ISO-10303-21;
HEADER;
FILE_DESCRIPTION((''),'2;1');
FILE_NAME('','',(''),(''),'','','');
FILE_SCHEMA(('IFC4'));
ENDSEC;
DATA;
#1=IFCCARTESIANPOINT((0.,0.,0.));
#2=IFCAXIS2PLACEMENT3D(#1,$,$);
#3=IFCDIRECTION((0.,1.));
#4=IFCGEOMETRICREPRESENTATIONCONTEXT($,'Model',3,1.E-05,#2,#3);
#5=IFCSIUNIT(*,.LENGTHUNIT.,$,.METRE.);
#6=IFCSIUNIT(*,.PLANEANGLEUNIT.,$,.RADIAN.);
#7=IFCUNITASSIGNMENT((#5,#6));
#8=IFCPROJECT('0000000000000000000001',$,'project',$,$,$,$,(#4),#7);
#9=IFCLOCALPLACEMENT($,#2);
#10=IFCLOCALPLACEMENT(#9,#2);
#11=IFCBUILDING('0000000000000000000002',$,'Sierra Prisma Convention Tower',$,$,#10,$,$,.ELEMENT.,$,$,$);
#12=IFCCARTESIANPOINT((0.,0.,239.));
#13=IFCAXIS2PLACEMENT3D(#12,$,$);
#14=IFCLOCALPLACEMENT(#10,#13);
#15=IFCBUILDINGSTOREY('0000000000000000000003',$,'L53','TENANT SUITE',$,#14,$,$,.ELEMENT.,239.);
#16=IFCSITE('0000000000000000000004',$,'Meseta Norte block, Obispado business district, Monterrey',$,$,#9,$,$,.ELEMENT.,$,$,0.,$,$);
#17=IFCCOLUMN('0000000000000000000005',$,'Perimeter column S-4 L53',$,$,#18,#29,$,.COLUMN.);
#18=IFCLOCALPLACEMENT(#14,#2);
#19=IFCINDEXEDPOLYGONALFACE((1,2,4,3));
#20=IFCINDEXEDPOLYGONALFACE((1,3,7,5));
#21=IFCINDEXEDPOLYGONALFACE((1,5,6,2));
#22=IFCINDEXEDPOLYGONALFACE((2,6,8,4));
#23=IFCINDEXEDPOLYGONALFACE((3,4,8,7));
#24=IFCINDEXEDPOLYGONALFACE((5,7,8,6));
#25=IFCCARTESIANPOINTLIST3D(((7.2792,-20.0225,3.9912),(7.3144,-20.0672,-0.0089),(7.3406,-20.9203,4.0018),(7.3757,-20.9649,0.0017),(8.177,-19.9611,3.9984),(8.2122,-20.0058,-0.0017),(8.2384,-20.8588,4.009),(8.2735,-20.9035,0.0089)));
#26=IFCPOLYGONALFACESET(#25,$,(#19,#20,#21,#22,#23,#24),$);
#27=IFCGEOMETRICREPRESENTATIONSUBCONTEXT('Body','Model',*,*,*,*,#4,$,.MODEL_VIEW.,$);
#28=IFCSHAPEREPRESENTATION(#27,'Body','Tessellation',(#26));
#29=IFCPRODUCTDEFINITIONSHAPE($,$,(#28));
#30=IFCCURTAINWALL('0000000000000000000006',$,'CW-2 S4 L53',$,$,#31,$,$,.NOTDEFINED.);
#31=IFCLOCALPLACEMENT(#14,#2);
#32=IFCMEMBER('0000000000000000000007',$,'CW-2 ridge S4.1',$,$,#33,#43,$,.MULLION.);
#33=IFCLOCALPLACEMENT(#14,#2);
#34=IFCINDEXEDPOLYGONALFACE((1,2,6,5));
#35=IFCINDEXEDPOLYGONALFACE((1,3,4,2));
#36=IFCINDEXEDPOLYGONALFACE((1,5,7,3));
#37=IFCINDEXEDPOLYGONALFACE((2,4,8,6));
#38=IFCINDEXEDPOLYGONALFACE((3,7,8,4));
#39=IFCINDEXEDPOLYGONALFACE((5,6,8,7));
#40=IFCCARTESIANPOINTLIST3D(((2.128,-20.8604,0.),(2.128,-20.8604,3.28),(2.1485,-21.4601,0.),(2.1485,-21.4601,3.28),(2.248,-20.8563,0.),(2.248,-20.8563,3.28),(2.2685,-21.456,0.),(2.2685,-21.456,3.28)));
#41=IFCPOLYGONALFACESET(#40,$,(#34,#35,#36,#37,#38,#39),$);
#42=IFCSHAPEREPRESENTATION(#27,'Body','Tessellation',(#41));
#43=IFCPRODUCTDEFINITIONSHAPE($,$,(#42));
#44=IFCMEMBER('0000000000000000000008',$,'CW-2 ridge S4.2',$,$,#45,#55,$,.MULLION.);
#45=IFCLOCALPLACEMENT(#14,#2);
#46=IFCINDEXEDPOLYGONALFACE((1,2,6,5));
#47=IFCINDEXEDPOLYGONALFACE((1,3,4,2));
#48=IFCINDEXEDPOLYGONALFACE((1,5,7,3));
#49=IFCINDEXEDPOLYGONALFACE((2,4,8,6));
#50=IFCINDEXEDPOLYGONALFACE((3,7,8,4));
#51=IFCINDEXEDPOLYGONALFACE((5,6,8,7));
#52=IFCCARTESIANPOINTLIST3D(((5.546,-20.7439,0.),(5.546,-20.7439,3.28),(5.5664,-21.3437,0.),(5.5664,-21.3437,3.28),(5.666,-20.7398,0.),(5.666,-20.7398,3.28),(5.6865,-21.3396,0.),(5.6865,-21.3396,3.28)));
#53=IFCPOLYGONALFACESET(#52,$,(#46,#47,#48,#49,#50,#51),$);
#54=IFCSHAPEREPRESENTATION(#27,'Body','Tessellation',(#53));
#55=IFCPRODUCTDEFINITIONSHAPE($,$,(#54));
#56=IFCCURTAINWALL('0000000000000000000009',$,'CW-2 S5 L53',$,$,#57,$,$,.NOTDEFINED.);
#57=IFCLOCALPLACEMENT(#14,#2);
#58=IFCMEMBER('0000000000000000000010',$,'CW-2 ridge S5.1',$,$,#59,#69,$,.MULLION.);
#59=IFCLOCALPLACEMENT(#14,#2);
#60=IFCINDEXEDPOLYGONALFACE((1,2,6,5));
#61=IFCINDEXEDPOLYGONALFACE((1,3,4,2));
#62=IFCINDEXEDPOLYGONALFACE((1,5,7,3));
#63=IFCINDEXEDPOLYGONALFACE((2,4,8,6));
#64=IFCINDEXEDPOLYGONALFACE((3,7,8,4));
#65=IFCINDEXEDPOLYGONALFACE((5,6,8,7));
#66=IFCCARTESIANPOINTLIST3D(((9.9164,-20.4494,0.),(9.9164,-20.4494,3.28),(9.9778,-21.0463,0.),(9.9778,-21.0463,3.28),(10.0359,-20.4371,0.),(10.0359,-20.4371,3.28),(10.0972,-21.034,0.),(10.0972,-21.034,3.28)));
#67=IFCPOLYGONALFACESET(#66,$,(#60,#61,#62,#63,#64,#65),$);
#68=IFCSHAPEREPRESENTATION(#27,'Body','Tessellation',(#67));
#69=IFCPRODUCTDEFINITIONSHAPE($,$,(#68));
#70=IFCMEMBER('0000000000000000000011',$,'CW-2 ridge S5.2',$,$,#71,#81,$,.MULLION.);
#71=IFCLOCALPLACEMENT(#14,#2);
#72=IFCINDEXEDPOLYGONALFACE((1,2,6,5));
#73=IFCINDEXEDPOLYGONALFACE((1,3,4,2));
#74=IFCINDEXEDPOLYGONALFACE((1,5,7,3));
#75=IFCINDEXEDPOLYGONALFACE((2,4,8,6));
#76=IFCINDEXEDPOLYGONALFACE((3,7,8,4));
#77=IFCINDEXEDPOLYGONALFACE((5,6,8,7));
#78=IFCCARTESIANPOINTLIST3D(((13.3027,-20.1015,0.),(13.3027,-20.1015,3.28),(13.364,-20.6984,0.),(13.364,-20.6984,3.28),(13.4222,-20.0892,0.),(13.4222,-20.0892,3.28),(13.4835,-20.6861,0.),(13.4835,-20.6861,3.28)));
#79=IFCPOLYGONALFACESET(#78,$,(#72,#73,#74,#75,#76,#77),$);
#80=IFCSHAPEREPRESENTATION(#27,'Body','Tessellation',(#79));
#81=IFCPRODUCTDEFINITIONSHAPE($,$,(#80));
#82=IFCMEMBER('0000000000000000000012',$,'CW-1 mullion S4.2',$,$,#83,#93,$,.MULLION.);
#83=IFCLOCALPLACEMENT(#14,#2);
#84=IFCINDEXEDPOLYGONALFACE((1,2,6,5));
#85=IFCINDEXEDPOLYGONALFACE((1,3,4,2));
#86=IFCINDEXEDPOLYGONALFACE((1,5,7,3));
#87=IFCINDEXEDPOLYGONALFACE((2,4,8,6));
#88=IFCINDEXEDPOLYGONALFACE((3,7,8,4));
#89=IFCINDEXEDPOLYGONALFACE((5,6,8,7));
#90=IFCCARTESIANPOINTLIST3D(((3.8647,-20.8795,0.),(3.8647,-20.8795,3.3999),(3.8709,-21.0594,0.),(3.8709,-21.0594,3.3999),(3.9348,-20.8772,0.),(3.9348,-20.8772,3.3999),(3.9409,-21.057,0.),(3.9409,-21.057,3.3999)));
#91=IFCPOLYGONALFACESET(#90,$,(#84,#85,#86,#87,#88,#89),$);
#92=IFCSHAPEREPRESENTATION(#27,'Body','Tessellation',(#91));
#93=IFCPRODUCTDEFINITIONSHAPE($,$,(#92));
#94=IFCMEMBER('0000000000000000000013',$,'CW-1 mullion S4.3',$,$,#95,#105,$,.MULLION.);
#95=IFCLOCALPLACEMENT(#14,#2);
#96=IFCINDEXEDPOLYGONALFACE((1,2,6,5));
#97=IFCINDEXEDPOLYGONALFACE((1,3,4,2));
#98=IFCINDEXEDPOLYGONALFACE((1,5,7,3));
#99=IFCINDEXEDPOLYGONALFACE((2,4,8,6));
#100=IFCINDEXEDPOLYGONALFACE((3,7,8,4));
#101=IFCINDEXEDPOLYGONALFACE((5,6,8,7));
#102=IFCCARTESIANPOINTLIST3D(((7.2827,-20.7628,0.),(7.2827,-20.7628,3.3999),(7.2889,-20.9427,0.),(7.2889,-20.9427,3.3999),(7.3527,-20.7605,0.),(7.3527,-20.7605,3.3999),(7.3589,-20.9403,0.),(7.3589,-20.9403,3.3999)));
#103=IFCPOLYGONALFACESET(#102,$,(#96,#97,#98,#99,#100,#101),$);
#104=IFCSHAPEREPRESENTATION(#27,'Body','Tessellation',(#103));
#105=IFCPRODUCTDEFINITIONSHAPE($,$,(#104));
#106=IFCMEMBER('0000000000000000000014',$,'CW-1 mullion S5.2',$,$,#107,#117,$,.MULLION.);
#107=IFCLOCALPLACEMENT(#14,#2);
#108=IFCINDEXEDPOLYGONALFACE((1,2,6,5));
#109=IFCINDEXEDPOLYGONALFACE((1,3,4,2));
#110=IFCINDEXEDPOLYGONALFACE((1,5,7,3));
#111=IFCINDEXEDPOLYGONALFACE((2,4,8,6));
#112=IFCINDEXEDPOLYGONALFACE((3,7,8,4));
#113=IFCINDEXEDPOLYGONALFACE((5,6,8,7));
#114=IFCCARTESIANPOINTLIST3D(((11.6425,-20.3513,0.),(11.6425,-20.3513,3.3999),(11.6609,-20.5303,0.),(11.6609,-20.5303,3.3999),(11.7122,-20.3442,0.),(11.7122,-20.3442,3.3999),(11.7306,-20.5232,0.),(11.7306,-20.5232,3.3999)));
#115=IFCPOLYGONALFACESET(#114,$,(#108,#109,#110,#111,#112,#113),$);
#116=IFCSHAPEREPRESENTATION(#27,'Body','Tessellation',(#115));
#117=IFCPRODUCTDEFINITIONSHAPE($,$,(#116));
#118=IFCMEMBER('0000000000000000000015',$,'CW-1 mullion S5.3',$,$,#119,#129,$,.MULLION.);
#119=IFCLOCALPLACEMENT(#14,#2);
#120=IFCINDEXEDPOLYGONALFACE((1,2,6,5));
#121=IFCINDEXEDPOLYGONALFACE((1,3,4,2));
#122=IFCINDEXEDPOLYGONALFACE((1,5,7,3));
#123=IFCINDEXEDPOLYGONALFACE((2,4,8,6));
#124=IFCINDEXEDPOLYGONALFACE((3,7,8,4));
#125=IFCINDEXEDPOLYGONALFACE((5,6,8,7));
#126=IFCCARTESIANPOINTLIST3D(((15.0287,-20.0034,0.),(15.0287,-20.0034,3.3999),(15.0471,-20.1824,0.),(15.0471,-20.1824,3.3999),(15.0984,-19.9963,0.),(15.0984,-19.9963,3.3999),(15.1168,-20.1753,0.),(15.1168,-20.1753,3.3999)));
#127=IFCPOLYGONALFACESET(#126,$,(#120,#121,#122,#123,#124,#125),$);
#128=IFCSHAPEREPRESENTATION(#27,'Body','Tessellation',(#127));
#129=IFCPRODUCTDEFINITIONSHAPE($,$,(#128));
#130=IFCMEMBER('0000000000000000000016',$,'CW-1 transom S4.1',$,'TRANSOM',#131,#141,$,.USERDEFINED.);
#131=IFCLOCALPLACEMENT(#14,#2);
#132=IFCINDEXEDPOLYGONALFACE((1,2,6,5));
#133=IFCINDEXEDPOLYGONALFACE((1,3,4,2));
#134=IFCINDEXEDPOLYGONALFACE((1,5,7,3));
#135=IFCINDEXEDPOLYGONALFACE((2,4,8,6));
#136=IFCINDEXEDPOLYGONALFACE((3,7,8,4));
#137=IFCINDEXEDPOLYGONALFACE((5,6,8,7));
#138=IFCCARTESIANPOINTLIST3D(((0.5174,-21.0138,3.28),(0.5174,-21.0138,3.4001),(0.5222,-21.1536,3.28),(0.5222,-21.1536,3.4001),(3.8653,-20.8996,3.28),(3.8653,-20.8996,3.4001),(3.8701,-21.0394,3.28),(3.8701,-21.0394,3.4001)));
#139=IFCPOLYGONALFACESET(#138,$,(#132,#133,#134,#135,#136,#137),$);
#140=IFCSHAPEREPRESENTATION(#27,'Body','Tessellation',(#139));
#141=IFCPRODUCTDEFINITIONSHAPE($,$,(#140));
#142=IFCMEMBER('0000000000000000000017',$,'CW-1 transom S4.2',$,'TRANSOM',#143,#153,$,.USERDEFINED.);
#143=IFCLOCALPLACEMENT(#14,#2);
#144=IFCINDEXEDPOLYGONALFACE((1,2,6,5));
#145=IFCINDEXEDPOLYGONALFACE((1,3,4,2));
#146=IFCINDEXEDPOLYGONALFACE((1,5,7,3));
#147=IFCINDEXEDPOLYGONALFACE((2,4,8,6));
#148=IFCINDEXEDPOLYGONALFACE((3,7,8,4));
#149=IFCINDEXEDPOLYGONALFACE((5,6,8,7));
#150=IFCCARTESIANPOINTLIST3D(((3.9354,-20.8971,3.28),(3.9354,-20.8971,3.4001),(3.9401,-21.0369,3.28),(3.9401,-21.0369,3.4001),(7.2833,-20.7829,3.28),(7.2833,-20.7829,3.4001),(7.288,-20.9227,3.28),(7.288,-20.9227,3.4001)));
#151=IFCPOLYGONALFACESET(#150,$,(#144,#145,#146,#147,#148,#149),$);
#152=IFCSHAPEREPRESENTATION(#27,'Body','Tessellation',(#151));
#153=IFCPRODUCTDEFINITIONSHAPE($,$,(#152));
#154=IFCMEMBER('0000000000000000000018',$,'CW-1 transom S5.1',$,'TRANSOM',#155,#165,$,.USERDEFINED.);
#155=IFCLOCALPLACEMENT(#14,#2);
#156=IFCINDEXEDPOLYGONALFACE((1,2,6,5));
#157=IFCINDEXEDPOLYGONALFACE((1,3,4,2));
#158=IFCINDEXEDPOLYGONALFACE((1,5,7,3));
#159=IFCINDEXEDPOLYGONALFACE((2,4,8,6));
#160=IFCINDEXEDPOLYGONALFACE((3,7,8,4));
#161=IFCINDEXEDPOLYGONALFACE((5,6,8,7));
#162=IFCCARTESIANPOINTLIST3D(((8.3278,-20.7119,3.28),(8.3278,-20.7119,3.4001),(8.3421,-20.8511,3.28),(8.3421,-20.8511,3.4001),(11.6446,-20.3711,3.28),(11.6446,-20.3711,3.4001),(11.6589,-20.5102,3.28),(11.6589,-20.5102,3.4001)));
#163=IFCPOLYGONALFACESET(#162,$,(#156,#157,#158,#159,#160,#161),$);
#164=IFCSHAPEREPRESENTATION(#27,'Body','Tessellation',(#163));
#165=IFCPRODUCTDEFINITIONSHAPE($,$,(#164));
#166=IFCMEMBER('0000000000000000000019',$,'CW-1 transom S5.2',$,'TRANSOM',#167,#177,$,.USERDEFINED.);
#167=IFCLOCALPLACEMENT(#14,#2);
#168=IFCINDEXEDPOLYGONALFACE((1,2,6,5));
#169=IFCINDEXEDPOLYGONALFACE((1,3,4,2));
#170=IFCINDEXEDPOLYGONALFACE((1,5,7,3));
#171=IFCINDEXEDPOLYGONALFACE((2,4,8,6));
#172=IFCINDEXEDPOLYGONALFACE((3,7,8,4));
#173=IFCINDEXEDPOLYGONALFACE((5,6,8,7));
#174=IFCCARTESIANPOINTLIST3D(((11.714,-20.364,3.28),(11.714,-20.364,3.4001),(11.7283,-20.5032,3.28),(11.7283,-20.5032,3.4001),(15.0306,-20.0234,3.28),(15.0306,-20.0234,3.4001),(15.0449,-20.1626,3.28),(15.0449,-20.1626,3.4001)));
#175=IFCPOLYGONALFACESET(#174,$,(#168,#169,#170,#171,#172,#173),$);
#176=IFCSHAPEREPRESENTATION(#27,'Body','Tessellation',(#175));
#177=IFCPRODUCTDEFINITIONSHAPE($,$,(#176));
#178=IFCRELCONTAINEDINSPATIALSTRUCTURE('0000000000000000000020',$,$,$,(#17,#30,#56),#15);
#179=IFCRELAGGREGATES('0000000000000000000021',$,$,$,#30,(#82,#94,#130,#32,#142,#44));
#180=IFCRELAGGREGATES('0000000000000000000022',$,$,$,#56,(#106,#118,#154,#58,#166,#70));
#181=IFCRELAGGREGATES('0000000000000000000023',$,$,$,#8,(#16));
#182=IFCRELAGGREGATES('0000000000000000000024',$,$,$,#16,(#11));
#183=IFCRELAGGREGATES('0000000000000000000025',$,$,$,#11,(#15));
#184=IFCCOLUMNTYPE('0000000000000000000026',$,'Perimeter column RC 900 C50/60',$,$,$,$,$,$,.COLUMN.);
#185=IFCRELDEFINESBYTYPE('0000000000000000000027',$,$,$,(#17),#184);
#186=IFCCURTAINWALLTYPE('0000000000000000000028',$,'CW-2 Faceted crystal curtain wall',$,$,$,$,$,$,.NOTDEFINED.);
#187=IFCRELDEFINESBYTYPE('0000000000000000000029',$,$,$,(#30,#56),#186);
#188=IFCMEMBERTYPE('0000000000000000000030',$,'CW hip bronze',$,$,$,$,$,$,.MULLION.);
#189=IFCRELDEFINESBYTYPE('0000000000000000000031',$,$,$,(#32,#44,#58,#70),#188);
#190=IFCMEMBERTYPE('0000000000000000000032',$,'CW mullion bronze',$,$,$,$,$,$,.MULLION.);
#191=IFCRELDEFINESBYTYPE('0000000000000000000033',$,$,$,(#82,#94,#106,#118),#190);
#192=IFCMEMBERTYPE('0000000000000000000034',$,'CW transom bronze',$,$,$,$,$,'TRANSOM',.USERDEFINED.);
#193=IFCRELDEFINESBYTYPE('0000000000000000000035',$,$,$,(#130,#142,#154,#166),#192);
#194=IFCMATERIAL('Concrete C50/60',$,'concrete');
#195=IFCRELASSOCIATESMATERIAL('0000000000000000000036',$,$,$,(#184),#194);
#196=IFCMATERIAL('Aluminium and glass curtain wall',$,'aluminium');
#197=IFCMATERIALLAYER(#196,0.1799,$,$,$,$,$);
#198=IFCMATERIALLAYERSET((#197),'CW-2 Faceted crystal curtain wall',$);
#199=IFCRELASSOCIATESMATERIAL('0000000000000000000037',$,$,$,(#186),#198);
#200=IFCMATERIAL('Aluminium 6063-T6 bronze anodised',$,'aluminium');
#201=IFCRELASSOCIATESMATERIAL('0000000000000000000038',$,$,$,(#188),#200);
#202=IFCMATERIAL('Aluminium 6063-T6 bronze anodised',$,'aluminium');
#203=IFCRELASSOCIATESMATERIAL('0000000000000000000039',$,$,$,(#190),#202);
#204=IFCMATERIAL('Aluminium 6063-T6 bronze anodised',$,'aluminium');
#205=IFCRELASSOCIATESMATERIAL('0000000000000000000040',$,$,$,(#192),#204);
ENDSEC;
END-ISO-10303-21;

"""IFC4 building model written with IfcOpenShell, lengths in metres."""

from ifc_helpers import new_model, si_unit, direction, frame, origin, origin_2d, place, context, subcontext, project, spatial, rectangle, extrude, material, layer, layer_set, material_profile, profile_set, type_object, element, aggregate, save


model = new_model("IFC4")

# Units and contexts
model_context = context("Model", 3, precision=1e-05, world=origin(), true_north=direction((0.0, 1.0)))
body_context = subcontext(model_context, "Body", "Model", "MODEL_VIEW")
ifc_project = project(units=[si_unit("LENGTHUNIT", "METRE"), si_unit("PLANEANGLEUNIT", "RADIAN")], contexts=[model_context])

# Site, building, storey
site_placement = place(None, origin())
site = spatial("IfcSite", under=ifc_project, at=site_placement, Name="Meseta Norte block, Obispado business district, Monterrey", CompositionType="ELEMENT", RefElevation=0.0)
building_placement = place(site_placement, origin())
building = spatial("IfcBuilding", under=site, at=building_placement, Name="Sierra Prisma Convention Tower", CompositionType="ELEMENT")
storey_placement = place(building_placement, frame((0.0, 0.0, 239.0)))
storey = spatial("IfcBuildingStorey", under=building, at=storey_placement, Name="L53", Description="TENANT SUITE", CompositionType="ELEMENT", Elevation=239.0)

# Column
ifc_material_1 = material(Name="Concrete C50/60", Category="concrete")
ifc_material_profile_1 = material_profile(ifc_material_1, rectangle(XDim=0.8999, YDim=0.8999, at=origin_2d()), Name="Perimeter column RC 900 C50/60")
ifc_profile_set_1 = profile_set([ifc_material_profile_1], Name="Concrete C50/60")
column_type = type_object("IfcColumnType", Name="Perimeter column RC 900 C50/60", PredefinedType="COLUMN", material=ifc_profile_set_1)
column_placement = place(storey_placement, frame((7.7939, -20.4854, 0.0), z_axis=(-0.008788, 0.011168, 0.999899), x_axis=(0.997634, 0.06828, 0.008006)))
element("IfcColumn", 1, at=column_placement, inside=storey, type_object=column_type, Name="Perimeter column S-4 L53", PredefinedType="COLUMN", context=body_context, shape_type="SweptSolid", body=[
    extrude(rectangle(XDim=0.8999, YDim=0.8999, at=origin_2d()), origin(), (0.0, 0.0, 1.0), 4.0005),
])

# Curtain walls, members
ifc_material_2 = material(Name="Aluminium and glass curtain wall", Category="aluminium")
ifc_layer_1 = layer(ifc_material_2, 0.1799)
ifc_layer_set_1 = layer_set([ifc_layer_1], Name="CW-2 Faceted crystal curtain wall")
curtain_wall_type = type_object("IfcCurtainWallType", Name="CW-2 Faceted crystal curtain wall", PredefinedType="NOTDEFINED", material=ifc_layer_set_1)
curtain_wall_1_placement = place(storey_placement, origin())
curtain_wall_1 = element("IfcCurtainWall", 2, at=curtain_wall_1_placement, inside=storey, type_object=curtain_wall_type, Name="CW-2 S4 L53", PredefinedType="NOTDEFINED")
ifc_material_3 = material(Name="Aluminium 6063-T6 bronze anodised", Category="aluminium")
ifc_material_profile_2 = material_profile(ifc_material_3, rectangle(XDim=0.1201, YDim=0.6001, at=origin_2d()), Name="ALU RIDGE BLADE 120x600")
ifc_profile_set_2 = profile_set([ifc_material_profile_2], Name="Aluminium 6063-T6 bronze anodised")
member_type_1 = type_object("IfcMemberType", Name="CW hip bronze", PredefinedType="MULLION", material=ifc_profile_set_2)
member_1_placement = place(storey_placement, frame((2.1982, -21.1582, 0.0), z_axis=(0.0, 0.0, 1.0), x_axis=(0.999418, 0.034113, 0.0)))
member_1 = element("IfcMember", 3, at=member_1_placement, type_object=member_type_1, Name="CW-2 ridge S4.1", PredefinedType="MULLION", context=body_context, shape_type="SweptSolid", body=[
    extrude(rectangle(XDim=0.1201, YDim=0.6001, at=origin_2d()), origin(), (0.0, 0.0, 1.0), 3.28),
])
member_2_placement = place(storey_placement, frame((5.6162, -21.0417, 0.0), z_axis=(0.0, 0.0, 1.0), x_axis=(0.999418, 0.034113, 0.0)))
member_2 = element("IfcMember", 4, at=member_2_placement, type_object=member_type_1, Name="CW-2 ridge S4.2", PredefinedType="MULLION", context=body_context, shape_type="SweptSolid", body=[
    extrude(rectangle(XDim=0.1201, YDim=0.6001, at=origin_2d()), origin(), (0.0, 0.0, 1.0), 3.28),
])
curtain_wall_2_placement = place(storey_placement, origin())
curtain_wall_2 = element("IfcCurtainWall", 5, at=curtain_wall_2_placement, inside=storey, type_object=curtain_wall_type, Name="CW-2 S5 L53", PredefinedType="NOTDEFINED")
member_3_placement = place(storey_placement, frame((10.0068, -20.7417, 0.0), z_axis=(0.0, 0.0, 1.0), x_axis=(0.994766, 0.102181, 0.0)))
member_3 = element("IfcMember", 6, at=member_3_placement, type_object=member_type_1, Name="CW-2 ridge S5.1", PredefinedType="MULLION", context=body_context, shape_type="SweptSolid", body=[
    extrude(rectangle(XDim=0.1201, YDim=0.6001, at=origin_2d()), origin(), (0.0, 0.0, 1.0), 3.28),
])
member_4_placement = place(storey_placement, frame((13.3931, -20.3938, 0.0), z_axis=(0.0, 0.0, 1.0), x_axis=(0.994766, 0.102181, 0.0)))
member_4 = element("IfcMember", 7, at=member_4_placement, type_object=member_type_1, Name="CW-2 ridge S5.2", PredefinedType="MULLION", context=body_context, shape_type="SweptSolid", body=[
    extrude(rectangle(XDim=0.1201, YDim=0.6001, at=origin_2d()), origin(), (0.0, 0.0, 1.0), 3.28),
])

# Members
ifc_material_4 = material(Name="Aluminium 6063-T6 bronze anodised", Category="aluminium")
ifc_material_profile_3 = material_profile(ifc_material_4, rectangle(XDim=0.1799, YDim=0.0701, at=origin_2d()), Name="ALU MULLION 70x180")
ifc_profile_set_3 = profile_set([ifc_material_profile_3], Name="Aluminium 6063-T6 bronze anodised")
member_type_2 = type_object("IfcMemberType", Name="CW mullion bronze", PredefinedType="MULLION", material=ifc_profile_set_3)
member_5_placement = place(storey_placement, frame((3.9028, -20.9683, 0.0), z_axis=(0.0, 0.0, 1.0), x_axis=(-0.034113, 0.999418, 0.0)))
member_5 = element("IfcMember", 8, at=member_5_placement, type_object=member_type_2, Name="CW-1 mullion S4.2", PredefinedType="MULLION", context=body_context, shape_type="SweptSolid", body=[
    extrude(rectangle(XDim=0.1799, YDim=0.0701, at=origin_2d()), origin(), (0.0, 0.0, 1.0), 3.3999),
])
member_6_placement = place(storey_placement, frame((7.3208, -20.8516, 0.0), z_axis=(0.0, 0.0, 1.0), x_axis=(-0.034113, 0.999418, 0.0)))
member_6 = element("IfcMember", 9, at=member_6_placement, type_object=member_type_2, Name="CW-1 mullion S4.3", PredefinedType="MULLION", context=body_context, shape_type="SweptSolid", body=[
    extrude(rectangle(XDim=0.1799, YDim=0.0701, at=origin_2d()), origin(), (0.0, 0.0, 1.0), 3.3999),
])
member_7_placement = place(storey_placement, frame((11.6865, -20.4373, 0.0), z_axis=(0.0, 0.0, 1.0), x_axis=(-0.102181, 0.994766, 0.0)))
member_7 = element("IfcMember", 10, at=member_7_placement, type_object=member_type_2, Name="CW-1 mullion S5.2", PredefinedType="MULLION", context=body_context, shape_type="SweptSolid", body=[
    extrude(rectangle(XDim=0.1799, YDim=0.0701, at=origin_2d()), origin(), (0.0, 0.0, 1.0), 3.3999),
])
member_8_placement = place(storey_placement, frame((15.0728, -20.0894, 0.0), z_axis=(0.0, 0.0, 1.0), x_axis=(-0.102181, 0.994766, 0.0)))
member_8 = element("IfcMember", 11, at=member_8_placement, type_object=member_type_2, Name="CW-1 mullion S5.3", PredefinedType="MULLION", context=body_context, shape_type="SweptSolid", body=[
    extrude(rectangle(XDim=0.1799, YDim=0.0701, at=origin_2d()), origin(), (0.0, 0.0, 1.0), 3.3999),
])
ifc_material_5 = material(Name="Aluminium 6063-T6 bronze anodised", Category="aluminium")
ifc_material_profile_4 = material_profile(ifc_material_5, rectangle(XDim=0.1399, YDim=0.1201, at=origin_2d()), Name="ALU TRANSOM 120x140")
ifc_profile_set_4 = profile_set([ifc_material_profile_4], Name="Aluminium 6063-T6 bronze anodised")
member_type_3 = type_object("IfcMemberType", Name="CW transom bronze", ElementType="TRANSOM", PredefinedType="USERDEFINED", material=ifc_profile_set_4)
member_9_placement = place(storey_placement, frame((0.5198, -21.0837, 3.3401), z_axis=(0.999418, 0.034108, 0.0), x_axis=(-0.034108, 0.999418, 0.0)))
member_9 = element("IfcMember", 12, at=member_9_placement, type_object=member_type_3, Name="CW-1 transom S4.1", ObjectType="TRANSOM", PredefinedType="USERDEFINED", context=body_context, shape_type="SweptSolid", body=[
    extrude(rectangle(XDim=0.1399, YDim=0.1201, at=origin_2d()), origin(), (0.0, 0.0, 1.0), 3.3499),
])
member_10_placement = place(storey_placement, frame((3.9377, -20.967, 3.3401), z_axis=(0.999418, 0.034108, 0.0), x_axis=(-0.034108, 0.999418, 0.0)))
member_10 = element("IfcMember", 13, at=member_10_placement, type_object=member_type_3, Name="CW-1 transom S4.2", ObjectType="TRANSOM", PredefinedType="USERDEFINED", context=body_context, shape_type="SweptSolid", body=[
    extrude(rectangle(XDim=0.1399, YDim=0.1201, at=origin_2d()), origin(), (0.0, 0.0, 1.0), 3.3499),
])
member_11_placement = place(storey_placement, frame((8.335, -20.7815, 3.3401), z_axis=(0.994762, 0.102222, 0.0), x_axis=(-0.102222, 0.994762, 0.0)))
member_11 = element("IfcMember", 14, at=member_11_placement, type_object=member_type_3, Name="CW-1 transom S5.1", ObjectType="TRANSOM", PredefinedType="USERDEFINED", context=body_context, shape_type="SweptSolid", body=[
    extrude(rectangle(XDim=0.1399, YDim=0.1201, at=origin_2d()), origin(), (0.0, 0.0, 1.0), 3.3342),
])
member_12_placement = place(storey_placement, frame((11.7212, -20.4336, 3.3401), z_axis=(0.994769, 0.10215, 0.0), x_axis=(-0.10215, 0.994769, 0.0)))
member_12 = element("IfcMember", 15, at=member_12_placement, type_object=member_type_3, Name="CW-1 transom S5.2", ObjectType="TRANSOM", PredefinedType="USERDEFINED", context=body_context, shape_type="SweptSolid", body=[
    extrude(rectangle(XDim=0.1399, YDim=0.1201, at=origin_2d()), origin(), (0.0, 0.0, 1.0), 3.334),
])

aggregate(curtain_wall_1, [member_5, member_6, member_9, member_1, member_10, member_2])
aggregate(curtain_wall_2, [member_7, member_8, member_11, member_3, member_12, member_4])

save(model, "model.ifc")
